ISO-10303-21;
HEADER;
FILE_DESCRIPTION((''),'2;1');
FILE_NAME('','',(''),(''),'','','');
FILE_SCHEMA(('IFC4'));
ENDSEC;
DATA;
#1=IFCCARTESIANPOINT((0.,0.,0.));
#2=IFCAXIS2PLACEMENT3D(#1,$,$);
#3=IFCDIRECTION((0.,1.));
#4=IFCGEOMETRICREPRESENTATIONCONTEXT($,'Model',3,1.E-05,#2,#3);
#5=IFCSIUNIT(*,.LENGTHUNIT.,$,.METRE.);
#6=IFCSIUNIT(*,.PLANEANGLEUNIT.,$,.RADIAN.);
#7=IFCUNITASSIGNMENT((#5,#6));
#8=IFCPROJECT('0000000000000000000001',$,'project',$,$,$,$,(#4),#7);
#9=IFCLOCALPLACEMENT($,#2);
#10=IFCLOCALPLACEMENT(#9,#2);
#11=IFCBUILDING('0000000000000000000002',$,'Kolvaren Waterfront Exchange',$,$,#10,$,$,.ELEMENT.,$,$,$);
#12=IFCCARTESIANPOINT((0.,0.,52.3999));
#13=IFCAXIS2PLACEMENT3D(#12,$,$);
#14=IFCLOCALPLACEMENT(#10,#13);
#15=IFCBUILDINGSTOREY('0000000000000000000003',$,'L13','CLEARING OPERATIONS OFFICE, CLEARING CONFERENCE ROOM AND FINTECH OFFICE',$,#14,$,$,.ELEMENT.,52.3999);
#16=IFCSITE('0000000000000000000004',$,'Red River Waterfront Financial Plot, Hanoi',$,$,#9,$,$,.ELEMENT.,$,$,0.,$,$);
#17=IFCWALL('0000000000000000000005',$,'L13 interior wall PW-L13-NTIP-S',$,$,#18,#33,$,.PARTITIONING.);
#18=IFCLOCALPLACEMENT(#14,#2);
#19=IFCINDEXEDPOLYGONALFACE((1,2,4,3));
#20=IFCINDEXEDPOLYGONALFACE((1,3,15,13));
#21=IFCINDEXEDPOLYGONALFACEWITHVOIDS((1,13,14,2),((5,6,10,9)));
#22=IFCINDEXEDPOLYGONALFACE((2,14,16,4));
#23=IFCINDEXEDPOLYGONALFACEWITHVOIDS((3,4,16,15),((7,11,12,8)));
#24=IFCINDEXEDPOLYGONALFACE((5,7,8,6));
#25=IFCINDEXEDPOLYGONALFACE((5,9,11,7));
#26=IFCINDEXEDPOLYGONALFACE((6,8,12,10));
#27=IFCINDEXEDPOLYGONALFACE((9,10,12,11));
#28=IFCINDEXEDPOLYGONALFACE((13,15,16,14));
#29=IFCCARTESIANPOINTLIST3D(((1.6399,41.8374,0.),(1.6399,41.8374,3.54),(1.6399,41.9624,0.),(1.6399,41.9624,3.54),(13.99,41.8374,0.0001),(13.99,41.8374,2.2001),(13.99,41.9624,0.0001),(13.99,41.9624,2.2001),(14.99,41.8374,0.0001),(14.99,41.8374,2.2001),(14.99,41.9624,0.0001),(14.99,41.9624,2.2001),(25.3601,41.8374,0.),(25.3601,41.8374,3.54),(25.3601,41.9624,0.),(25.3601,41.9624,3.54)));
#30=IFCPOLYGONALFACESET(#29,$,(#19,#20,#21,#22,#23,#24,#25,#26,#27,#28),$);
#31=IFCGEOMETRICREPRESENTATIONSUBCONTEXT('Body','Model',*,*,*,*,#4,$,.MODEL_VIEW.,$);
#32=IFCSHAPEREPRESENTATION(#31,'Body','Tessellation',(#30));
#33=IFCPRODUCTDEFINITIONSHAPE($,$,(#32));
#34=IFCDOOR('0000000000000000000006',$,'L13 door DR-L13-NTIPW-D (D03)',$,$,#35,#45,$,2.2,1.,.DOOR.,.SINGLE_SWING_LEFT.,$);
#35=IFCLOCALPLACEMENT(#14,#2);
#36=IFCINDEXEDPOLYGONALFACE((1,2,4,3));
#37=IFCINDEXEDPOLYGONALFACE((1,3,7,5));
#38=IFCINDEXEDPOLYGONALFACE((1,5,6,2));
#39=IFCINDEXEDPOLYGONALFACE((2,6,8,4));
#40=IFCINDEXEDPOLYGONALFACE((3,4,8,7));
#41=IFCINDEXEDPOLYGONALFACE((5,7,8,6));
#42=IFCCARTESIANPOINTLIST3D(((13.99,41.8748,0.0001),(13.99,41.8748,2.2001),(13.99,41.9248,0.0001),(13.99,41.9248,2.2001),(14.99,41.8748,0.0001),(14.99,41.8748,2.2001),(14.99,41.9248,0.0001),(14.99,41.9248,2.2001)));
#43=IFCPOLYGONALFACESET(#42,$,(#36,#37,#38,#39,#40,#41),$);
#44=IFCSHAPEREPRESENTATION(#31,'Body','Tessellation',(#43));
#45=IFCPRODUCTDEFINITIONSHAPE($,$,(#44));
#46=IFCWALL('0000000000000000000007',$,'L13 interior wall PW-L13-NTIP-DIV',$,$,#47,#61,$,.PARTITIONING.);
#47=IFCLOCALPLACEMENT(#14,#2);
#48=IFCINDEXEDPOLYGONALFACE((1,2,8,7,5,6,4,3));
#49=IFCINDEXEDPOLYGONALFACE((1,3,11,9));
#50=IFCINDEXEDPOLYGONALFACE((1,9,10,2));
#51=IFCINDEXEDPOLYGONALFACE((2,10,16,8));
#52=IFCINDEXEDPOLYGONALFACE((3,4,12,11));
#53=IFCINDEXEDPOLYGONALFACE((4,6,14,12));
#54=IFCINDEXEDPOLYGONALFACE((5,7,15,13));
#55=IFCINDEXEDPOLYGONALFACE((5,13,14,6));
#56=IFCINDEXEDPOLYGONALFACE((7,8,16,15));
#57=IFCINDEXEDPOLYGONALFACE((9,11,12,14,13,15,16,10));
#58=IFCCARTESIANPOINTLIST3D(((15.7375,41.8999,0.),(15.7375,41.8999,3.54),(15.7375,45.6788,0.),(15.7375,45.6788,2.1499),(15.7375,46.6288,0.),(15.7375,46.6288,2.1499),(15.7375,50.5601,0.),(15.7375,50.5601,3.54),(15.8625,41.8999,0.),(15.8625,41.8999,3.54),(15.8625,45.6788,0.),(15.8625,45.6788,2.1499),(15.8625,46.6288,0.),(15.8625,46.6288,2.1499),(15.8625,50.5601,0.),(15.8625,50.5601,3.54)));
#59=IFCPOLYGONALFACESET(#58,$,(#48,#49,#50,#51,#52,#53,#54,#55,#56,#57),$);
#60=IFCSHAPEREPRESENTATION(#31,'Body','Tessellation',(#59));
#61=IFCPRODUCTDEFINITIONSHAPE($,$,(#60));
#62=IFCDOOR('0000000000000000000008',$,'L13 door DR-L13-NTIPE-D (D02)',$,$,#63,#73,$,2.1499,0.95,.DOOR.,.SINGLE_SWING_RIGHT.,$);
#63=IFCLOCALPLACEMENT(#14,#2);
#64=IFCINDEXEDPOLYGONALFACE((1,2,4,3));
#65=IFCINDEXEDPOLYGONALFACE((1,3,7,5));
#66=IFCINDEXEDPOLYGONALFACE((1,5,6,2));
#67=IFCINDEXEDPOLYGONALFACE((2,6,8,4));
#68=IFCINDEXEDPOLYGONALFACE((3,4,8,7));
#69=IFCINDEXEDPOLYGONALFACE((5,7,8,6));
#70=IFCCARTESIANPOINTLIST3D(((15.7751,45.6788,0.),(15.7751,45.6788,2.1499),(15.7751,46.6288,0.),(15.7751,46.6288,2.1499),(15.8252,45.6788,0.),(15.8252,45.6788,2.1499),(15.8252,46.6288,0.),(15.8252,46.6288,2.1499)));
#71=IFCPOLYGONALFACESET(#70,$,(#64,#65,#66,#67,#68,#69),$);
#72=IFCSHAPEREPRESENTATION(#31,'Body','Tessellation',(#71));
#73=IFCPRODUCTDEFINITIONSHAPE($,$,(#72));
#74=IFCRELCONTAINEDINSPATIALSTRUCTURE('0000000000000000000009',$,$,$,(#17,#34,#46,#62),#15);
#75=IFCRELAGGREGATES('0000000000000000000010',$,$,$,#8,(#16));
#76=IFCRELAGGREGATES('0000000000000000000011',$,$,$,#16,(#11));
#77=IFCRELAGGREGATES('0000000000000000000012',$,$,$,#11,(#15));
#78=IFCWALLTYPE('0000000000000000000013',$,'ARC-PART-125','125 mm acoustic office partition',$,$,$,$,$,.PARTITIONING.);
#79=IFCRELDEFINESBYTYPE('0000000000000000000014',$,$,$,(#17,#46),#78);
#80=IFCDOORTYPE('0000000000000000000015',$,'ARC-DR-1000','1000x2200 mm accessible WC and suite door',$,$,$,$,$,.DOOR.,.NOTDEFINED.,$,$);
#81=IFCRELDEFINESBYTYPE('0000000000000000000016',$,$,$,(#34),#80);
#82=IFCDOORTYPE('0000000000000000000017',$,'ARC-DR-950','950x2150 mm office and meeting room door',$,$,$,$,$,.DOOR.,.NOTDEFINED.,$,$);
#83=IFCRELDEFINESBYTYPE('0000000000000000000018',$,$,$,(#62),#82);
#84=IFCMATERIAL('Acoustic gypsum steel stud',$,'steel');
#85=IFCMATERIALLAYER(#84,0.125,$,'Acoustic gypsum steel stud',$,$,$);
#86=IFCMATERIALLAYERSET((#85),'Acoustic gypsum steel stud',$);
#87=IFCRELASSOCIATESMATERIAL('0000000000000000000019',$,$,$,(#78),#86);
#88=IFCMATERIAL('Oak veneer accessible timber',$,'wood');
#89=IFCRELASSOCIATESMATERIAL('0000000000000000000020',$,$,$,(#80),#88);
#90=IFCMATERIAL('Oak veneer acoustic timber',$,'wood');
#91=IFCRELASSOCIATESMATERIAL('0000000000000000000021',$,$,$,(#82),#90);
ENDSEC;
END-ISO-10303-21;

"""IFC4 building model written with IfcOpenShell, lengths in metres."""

from ifc_helpers import new_model, si_unit, direction, frame, frame_2d, origin, place, context, subcontext, project, spatial, rectangle, extrude, material, layer, layer_set, type_object, element, fill, save


model = new_model("IFC4")

# Units and contexts
model_context = context("Model", 3, precision=1e-05, world=origin(), true_north=direction((0.0, 1.0)))
body_context = subcontext(model_context, "Body", "Model", "MODEL_VIEW")
ifc_project = project(units=[si_unit("LENGTHUNIT", "METRE"), si_unit("PLANEANGLEUNIT", "RADIAN")], contexts=[model_context])

# Site, building, storey
site_placement = place(None, origin())
site = spatial("IfcSite", under=ifc_project, at=site_placement, Name="Red River Waterfront Financial Plot, Hanoi", CompositionType="ELEMENT", RefElevation=0.0)
building_placement = place(site_placement, origin())
building = spatial("IfcBuilding", under=site, at=building_placement, Name="Kolvaren Waterfront Exchange", CompositionType="ELEMENT")
storey_placement = place(building_placement, frame((0.0, 0.0, 52.3999)))
storey = spatial("IfcBuildingStorey", under=building, at=storey_placement, Name="L13", Description="CLEARING OPERATIONS OFFICE, CLEARING CONFERENCE ROOM AND FINTECH OFFICE", CompositionType="ELEMENT", Elevation=52.3999)

# Walls, openings, doors
ifc_material_1 = material(Name="Acoustic gypsum steel stud", Category="steel")
ifc_layer_1 = layer(ifc_material_1, 0.125, Name="Acoustic gypsum steel stud")
ifc_layer_set_1 = layer_set([ifc_layer_1], Name="Acoustic gypsum steel stud")
wall_type_1 = type_object("IfcWallType", Name="ARC-PART-125", Description="125 mm acoustic office partition", PredefinedType="PARTITIONING", material=ifc_layer_set_1)
wall_1_placement = place(storey_placement, frame((1.6399, 41.8999, 0.0), z_axis=(0.0, 0.0, 1.0), x_axis=(1.0, 0.0, 0.0)))
wall_1 = element("IfcWall", 1, at=wall_1_placement, inside=storey, type_object=wall_type_1, Name="L13 interior wall PW-L13-NTIP-S", PredefinedType="PARTITIONING", context=body_context, shape_type="SweptSolid", body=[
    extrude(rectangle(XDim=23.7202, YDim=0.125, at=frame_2d((11.8601, 0.0))), origin(), (0.0, 0.0, 1.0), 3.54),
])
opening_1_placement = place(wall_1_placement, frame((12.3501, 0.0, 0.0)))
opening_1 = element("IfcOpeningElement", 2, at=opening_1_placement, cuts=wall_1, PredefinedType="OPENING", context=body_context, shape_type="SweptSolid", body=[
    extrude(rectangle(XDim=1.0, YDim=2.2, at=frame_2d((0.5, 1.1001))), frame((0.0, 0.0725, 0.0), z_axis=(0.0, -1.0, 0.0), x_axis=(1.0, 0.0, 0.0)), (0.0, 0.0, 1.0), 0.145),
])
ifc_material_2 = material(Name="Oak veneer accessible timber", Category="wood")
door_type_1 = type_object("IfcDoorType", Name="ARC-DR-1000", Description="1000x2200 mm accessible WC and suite door", OperationType="NOTDEFINED", PredefinedType="DOOR", material=ifc_material_2)
door_1_placement = place(opening_1_placement, origin())
door_1 = element("IfcDoor", 3, at=door_1_placement, inside=storey, type_object=door_type_1, Name="L13 door DR-L13-NTIPW-D (D03)", OperationType="SINGLE_SWING_LEFT", OverallHeight=2.2, OverallWidth=1.0, PredefinedType="DOOR", context=body_context, shape_type="SweptSolid", body=[
    extrude(rectangle(XDim=1.0, YDim=2.2, at=frame_2d((0.5, 1.1001))), frame((0.0, 0.0249, 0.0), z_axis=(0.0, -1.0, 0.0), x_axis=(1.0, 0.0, 0.0)), (0.0, 0.0, 1.0), 0.05),
])
fill(opening_1, door_1)
wall_2_placement = place(storey_placement, frame((15.8, 41.8999, 0.0), z_axis=(0.0, 0.0, 1.0), x_axis=(0.0, 1.0, 0.0)))
wall_2 = element("IfcWall", 4, at=wall_2_placement, inside=storey, type_object=wall_type_1, Name="L13 interior wall PW-L13-NTIP-DIV", PredefinedType="PARTITIONING", context=body_context, shape_type="SweptSolid", body=[
    extrude(rectangle(XDim=8.6602, YDim=0.125, at=frame_2d((4.3301, 0.0))), origin(), (0.0, 0.0, 1.0), 3.54),
])
opening_2_placement = place(wall_2_placement, frame((3.7788, 0.0, 0.0)))
opening_2 = element("IfcOpeningElement", 5, at=opening_2_placement, cuts=wall_2, PredefinedType="OPENING", context=body_context, shape_type="SweptSolid", body=[
    extrude(rectangle(XDim=0.95, YDim=2.1499, at=frame_2d((0.4751, 1.075))), frame((0.0, 0.0725, 0.0), z_axis=(0.0, -1.0, 0.0), x_axis=(1.0, 0.0, 0.0)), (0.0, 0.0, 1.0), 0.145),
])
ifc_material_3 = material(Name="Oak veneer acoustic timber", Category="wood")
door_type_2 = type_object("IfcDoorType", Name="ARC-DR-950", Description="950x2150 mm office and meeting room door", OperationType="NOTDEFINED", PredefinedType="DOOR", material=ifc_material_3)
door_2_placement = place(opening_2_placement, origin())
door_2 = element("IfcDoor", 6, at=door_2_placement, inside=storey, type_object=door_type_2, Name="L13 door DR-L13-NTIPE-D (D02)", OperationType="SINGLE_SWING_RIGHT", OverallHeight=2.1499, OverallWidth=0.95, PredefinedType="DOOR", context=body_context, shape_type="SweptSolid", body=[
    extrude(rectangle(XDim=0.95, YDim=2.1499, at=frame_2d((0.4751, 1.075))), frame((0.0, 0.0249, 0.0), z_axis=(0.0, -1.0, 0.0), x_axis=(1.0, 0.0, 0.0)), (0.0, 0.0, 1.0), 0.05),
])
fill(opening_2, door_2)

save(model, "model.ifc")
